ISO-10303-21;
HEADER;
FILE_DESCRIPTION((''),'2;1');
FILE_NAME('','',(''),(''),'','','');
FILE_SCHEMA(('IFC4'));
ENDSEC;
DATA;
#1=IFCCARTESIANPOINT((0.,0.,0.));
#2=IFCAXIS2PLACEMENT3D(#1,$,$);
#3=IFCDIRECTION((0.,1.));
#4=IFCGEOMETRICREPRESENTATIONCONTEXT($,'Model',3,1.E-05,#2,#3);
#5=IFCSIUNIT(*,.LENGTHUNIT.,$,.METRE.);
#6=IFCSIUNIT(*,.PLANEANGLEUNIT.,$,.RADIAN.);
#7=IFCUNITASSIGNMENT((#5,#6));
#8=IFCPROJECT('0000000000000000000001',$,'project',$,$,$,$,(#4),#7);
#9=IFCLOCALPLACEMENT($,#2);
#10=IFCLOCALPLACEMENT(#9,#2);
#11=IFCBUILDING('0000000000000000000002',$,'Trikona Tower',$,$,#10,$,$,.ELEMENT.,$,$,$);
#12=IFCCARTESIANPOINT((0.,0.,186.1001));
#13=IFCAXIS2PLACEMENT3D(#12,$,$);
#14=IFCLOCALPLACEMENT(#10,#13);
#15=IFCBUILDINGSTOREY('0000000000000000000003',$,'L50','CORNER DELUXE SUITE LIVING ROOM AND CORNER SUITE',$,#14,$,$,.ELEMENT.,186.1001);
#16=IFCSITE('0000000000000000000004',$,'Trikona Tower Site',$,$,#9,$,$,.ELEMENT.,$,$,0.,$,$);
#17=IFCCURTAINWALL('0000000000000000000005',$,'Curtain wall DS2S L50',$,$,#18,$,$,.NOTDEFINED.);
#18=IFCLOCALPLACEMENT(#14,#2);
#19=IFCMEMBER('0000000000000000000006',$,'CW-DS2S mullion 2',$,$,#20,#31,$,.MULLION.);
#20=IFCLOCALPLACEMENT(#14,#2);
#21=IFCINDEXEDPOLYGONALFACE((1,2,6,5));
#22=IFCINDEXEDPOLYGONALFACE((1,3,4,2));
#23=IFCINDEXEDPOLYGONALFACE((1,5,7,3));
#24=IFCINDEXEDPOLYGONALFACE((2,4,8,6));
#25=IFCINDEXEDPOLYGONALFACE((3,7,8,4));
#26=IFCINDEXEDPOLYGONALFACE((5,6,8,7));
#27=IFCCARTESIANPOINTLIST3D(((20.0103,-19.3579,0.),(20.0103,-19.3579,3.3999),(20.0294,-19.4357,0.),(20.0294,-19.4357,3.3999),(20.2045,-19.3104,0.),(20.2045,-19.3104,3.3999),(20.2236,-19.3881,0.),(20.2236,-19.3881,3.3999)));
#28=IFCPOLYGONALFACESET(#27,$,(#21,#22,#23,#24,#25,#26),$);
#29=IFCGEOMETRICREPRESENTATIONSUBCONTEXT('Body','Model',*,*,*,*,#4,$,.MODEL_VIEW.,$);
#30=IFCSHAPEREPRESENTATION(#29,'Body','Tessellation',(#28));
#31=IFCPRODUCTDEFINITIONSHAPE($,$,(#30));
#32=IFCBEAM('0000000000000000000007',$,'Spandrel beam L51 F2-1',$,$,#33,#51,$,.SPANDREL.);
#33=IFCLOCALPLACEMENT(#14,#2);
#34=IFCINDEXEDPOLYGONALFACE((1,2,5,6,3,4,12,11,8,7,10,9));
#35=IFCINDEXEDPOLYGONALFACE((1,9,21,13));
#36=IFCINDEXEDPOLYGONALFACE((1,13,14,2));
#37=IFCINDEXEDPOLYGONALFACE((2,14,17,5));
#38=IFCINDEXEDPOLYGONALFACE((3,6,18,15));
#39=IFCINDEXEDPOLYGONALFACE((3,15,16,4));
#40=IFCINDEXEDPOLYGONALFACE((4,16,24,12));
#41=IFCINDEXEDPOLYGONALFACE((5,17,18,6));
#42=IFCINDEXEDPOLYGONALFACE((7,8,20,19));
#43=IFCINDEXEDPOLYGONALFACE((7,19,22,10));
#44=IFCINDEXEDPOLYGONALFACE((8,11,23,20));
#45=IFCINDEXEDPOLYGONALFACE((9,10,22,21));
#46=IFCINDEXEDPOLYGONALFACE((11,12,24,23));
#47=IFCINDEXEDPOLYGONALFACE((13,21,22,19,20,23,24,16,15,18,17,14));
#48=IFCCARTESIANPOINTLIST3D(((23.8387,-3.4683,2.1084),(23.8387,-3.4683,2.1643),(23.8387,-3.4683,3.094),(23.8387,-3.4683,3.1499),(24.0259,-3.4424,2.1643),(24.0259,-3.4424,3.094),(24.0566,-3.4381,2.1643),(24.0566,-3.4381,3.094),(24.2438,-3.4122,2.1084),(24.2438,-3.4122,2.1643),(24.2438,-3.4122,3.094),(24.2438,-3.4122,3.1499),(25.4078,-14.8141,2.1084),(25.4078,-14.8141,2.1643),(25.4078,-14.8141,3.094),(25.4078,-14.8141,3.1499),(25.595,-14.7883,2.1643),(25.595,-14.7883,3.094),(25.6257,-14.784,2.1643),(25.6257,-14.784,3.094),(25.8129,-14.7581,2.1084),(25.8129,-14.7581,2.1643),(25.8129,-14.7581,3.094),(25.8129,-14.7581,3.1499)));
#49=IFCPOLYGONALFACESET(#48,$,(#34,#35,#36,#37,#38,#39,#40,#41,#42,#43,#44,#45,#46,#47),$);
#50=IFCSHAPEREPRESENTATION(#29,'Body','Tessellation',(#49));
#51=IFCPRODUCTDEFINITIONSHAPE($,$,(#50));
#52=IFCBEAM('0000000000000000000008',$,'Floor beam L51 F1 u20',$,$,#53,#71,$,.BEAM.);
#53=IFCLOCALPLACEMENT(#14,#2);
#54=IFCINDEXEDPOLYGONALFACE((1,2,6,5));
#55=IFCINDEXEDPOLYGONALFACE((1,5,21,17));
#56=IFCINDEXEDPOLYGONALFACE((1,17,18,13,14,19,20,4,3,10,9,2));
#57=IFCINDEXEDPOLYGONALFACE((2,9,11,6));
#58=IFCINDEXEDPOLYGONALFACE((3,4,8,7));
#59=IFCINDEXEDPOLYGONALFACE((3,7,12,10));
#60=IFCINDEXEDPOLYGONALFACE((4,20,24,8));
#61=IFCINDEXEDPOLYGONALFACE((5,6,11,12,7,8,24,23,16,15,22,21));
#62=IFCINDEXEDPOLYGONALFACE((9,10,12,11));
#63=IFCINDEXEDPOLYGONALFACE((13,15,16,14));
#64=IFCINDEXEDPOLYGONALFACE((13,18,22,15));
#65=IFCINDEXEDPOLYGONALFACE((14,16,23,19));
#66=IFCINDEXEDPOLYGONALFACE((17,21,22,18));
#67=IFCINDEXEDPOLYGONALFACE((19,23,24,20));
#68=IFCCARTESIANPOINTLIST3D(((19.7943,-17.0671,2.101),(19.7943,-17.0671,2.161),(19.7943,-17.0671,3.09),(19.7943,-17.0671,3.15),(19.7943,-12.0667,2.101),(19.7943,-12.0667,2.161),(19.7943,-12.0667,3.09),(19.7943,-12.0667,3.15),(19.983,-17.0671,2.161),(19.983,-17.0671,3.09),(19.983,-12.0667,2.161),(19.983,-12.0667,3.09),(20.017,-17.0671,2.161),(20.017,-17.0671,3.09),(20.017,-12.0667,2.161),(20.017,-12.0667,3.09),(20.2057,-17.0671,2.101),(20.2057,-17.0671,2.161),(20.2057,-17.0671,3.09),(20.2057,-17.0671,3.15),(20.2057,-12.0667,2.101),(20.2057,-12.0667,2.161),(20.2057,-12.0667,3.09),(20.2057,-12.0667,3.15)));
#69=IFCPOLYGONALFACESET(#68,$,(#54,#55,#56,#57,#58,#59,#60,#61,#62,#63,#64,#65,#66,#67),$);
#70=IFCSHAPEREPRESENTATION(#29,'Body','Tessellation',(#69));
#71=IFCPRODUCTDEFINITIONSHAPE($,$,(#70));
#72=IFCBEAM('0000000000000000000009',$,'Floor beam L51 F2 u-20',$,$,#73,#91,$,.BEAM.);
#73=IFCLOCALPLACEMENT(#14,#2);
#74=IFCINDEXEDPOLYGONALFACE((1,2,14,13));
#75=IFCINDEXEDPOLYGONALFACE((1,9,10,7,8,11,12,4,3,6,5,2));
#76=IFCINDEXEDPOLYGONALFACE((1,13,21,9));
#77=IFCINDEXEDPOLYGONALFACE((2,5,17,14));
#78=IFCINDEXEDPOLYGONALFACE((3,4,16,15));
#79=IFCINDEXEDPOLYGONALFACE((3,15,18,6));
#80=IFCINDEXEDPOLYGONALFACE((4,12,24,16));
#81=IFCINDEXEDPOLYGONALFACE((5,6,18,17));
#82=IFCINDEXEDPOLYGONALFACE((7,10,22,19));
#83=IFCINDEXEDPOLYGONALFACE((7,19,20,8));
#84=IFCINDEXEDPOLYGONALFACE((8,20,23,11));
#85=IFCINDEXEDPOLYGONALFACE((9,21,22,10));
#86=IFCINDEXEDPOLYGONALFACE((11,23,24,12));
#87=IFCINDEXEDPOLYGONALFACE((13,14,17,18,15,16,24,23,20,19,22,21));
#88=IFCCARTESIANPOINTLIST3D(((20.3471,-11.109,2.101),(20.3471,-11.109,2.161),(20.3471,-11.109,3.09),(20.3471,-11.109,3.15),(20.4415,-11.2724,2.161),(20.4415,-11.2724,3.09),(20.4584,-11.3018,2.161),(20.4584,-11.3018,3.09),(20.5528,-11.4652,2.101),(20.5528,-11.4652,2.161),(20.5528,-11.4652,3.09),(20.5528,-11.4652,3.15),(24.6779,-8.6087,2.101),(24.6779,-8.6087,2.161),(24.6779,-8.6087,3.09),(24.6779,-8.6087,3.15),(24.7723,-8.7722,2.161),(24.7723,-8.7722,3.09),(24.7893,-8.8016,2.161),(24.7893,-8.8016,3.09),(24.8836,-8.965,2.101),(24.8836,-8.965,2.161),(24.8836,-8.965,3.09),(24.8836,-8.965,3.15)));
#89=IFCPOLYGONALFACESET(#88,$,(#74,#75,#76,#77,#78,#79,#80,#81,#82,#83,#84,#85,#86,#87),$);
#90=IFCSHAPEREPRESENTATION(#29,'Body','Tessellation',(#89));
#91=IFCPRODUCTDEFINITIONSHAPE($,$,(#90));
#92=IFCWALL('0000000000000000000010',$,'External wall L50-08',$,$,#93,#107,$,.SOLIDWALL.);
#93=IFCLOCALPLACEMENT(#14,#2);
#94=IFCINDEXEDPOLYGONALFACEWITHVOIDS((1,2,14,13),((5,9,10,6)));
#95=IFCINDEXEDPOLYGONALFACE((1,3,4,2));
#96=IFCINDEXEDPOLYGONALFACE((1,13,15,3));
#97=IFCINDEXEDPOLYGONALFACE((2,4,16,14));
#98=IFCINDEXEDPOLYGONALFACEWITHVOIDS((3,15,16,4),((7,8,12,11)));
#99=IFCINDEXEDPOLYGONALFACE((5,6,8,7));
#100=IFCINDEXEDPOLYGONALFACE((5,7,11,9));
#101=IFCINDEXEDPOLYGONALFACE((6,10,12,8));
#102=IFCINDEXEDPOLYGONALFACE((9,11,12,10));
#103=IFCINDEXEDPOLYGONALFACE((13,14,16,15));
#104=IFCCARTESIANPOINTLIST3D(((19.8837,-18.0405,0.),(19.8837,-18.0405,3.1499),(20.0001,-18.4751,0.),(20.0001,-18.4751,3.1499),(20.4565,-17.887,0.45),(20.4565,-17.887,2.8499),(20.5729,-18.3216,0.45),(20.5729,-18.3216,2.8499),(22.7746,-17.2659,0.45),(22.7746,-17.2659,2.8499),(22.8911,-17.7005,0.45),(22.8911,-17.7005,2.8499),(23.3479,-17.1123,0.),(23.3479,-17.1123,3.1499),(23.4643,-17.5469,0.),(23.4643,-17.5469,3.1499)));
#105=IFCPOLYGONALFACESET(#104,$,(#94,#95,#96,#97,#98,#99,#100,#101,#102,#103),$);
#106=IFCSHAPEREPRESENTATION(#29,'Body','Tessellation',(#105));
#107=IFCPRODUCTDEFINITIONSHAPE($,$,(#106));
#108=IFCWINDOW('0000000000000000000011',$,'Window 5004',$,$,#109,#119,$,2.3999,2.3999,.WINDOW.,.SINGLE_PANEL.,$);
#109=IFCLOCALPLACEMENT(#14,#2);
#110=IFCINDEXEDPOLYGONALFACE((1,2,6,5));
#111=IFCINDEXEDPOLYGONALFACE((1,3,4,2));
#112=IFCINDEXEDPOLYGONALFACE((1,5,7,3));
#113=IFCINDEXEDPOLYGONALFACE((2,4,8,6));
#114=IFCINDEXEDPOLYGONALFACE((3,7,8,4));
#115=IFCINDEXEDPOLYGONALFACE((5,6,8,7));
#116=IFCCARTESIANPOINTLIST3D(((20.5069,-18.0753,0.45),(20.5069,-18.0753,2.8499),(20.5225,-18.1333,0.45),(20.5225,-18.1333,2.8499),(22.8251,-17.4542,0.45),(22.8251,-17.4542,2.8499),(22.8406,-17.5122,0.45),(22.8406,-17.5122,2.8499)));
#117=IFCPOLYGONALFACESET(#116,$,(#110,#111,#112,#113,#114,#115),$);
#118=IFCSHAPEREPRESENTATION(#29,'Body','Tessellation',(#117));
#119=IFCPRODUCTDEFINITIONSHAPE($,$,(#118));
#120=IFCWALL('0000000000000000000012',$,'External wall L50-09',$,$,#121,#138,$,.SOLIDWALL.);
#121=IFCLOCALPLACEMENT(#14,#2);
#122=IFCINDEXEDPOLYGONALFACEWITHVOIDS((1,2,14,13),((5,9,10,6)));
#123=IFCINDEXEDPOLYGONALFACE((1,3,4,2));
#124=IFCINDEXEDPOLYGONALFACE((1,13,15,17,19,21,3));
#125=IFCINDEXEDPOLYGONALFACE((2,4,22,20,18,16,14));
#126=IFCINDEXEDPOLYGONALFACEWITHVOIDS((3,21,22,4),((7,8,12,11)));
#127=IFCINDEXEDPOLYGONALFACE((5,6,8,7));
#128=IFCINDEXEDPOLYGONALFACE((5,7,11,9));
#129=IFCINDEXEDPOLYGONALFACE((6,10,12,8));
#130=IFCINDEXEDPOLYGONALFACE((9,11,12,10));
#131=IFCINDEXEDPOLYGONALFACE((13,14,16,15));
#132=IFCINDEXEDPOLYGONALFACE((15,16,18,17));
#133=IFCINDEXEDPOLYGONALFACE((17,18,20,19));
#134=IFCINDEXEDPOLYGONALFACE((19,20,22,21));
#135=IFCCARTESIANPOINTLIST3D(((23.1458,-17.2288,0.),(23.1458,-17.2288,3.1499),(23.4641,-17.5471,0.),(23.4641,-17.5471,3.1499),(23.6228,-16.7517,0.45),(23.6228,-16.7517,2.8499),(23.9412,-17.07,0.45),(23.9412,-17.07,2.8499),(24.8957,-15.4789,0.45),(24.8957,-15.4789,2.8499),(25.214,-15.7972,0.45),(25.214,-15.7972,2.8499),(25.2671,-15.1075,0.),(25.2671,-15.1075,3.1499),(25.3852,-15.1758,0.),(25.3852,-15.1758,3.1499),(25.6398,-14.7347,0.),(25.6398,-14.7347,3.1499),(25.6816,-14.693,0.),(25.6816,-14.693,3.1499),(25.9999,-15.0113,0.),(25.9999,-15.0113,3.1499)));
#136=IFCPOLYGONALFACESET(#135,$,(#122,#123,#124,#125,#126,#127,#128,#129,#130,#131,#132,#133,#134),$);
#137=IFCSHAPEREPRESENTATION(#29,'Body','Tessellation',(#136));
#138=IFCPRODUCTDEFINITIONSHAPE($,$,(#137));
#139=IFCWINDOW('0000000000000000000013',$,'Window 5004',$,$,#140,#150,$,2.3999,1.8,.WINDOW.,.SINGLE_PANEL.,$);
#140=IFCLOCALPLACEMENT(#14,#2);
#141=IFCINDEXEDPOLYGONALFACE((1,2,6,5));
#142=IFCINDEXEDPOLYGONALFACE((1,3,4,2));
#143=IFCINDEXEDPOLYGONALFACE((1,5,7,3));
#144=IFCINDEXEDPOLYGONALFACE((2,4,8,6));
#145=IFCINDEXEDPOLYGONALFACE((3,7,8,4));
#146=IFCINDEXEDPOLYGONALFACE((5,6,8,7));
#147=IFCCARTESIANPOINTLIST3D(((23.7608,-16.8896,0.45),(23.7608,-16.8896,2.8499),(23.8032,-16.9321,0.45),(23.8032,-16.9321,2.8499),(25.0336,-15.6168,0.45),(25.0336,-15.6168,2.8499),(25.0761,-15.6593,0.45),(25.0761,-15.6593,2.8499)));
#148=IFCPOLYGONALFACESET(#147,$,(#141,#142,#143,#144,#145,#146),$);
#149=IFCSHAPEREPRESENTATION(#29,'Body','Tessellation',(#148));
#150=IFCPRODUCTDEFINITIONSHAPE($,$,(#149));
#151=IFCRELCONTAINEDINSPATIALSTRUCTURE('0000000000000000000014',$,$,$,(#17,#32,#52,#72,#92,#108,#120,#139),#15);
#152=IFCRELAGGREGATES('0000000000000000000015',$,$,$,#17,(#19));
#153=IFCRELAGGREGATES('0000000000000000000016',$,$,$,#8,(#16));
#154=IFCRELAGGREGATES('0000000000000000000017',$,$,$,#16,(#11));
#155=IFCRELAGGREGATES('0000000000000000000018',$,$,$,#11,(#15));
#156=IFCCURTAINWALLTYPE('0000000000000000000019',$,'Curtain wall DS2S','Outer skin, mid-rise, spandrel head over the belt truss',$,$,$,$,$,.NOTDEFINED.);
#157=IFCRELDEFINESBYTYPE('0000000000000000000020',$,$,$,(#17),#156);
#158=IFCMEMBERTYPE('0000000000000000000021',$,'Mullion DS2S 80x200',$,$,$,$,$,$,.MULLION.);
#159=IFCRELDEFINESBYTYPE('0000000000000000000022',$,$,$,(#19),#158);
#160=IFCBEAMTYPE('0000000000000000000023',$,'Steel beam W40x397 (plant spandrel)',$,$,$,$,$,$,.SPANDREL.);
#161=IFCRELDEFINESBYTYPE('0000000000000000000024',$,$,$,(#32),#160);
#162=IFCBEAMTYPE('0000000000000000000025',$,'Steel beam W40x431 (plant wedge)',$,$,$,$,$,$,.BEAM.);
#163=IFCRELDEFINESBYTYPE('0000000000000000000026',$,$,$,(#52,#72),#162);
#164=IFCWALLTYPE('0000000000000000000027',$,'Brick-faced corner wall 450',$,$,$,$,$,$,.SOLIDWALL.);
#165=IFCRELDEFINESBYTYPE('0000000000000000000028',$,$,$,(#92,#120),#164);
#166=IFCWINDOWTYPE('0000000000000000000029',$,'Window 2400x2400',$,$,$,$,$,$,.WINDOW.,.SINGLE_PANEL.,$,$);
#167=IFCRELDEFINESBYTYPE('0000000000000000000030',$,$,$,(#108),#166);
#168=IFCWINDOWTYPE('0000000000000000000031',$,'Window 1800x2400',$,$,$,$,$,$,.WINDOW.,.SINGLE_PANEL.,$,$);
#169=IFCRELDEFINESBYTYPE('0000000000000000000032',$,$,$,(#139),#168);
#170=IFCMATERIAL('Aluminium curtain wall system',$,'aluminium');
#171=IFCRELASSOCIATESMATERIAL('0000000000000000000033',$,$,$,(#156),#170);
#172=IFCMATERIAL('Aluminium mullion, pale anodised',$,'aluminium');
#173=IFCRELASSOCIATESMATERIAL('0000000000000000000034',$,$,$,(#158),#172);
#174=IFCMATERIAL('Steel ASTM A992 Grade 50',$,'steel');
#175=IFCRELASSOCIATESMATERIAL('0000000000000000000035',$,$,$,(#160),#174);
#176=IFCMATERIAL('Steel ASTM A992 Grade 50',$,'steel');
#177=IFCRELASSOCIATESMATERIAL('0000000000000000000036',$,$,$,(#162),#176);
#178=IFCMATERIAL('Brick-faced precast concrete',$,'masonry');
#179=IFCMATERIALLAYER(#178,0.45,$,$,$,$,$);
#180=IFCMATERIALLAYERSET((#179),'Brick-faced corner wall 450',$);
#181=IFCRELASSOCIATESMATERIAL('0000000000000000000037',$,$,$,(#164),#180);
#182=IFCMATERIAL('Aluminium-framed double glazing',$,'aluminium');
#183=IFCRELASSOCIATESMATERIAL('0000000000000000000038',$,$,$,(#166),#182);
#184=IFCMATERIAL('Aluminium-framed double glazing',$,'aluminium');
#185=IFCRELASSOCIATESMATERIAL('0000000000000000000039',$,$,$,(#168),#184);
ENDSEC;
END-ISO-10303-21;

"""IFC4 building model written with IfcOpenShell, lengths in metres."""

from ifc_helpers import new_model, si_unit, direction, frame, frame_2d, origin, origin_2d, place, context, subcontext, project, spatial, polyline, rectangle, i_section, outline, extrude, material, layer, layer_set, material_profile, profile_set, type_object, element, fill, aggregate, save


model = new_model("IFC4")

# Units and contexts
model_context = context("Model", 3, precision=1e-05, world=origin(), true_north=direction((0.0, 1.0)))
body_context = subcontext(model_context, "Body", "Model", "MODEL_VIEW")
ifc_project = project(units=[si_unit("LENGTHUNIT", "METRE"), si_unit("PLANEANGLEUNIT", "RADIAN")], contexts=[model_context])

# Site, building, storey
site_placement = place(None, origin())
site = spatial("IfcSite", under=ifc_project, at=site_placement, Name="Trikona Tower Site", CompositionType="ELEMENT", RefElevation=0.0)
building_placement = place(site_placement, origin())
building = spatial("IfcBuilding", under=site, at=building_placement, Name="Trikona Tower", CompositionType="ELEMENT")
storey_placement = place(building_placement, frame((0.0, 0.0, 186.1001)))
storey = spatial("IfcBuildingStorey", under=building, at=storey_placement, Name="L50", Description="CORNER DELUXE SUITE LIVING ROOM AND CORNER SUITE", CompositionType="ELEMENT", Elevation=186.1001)

# Curtain wall, member
ifc_material_1 = material(Name="Aluminium curtain wall system", Category="aluminium")
curtain_wall_type = type_object("IfcCurtainWallType", Name="Curtain wall DS2S", Description="Outer skin, mid-rise, spandrel head over the belt truss", PredefinedType="NOTDEFINED", material=ifc_material_1)
curtain_wall_placement = place(storey_placement, origin())
curtain_wall = element("IfcCurtainWall", 1, at=curtain_wall_placement, inside=storey, type_object=curtain_wall_type, Name="Curtain wall DS2S L50", PredefinedType="NOTDEFINED")
ifc_material_2 = material(Name="Aluminium mullion, pale anodised", Category="aluminium")
ifc_material_profile_1 = material_profile(ifc_material_2, rectangle(XDim=0.0801, YDim=0.2, at=origin_2d()), Name="MUL-DS2S")
ifc_profile_set_1 = profile_set([ifc_material_profile_1], Name="Aluminium mullion, pale anodised")
member_type = type_object("IfcMemberType", Name="Mullion DS2S 80x200", PredefinedType="MULLION", material=ifc_profile_set_1)
member_placement = place(storey_placement, frame((20.1169, -19.373, 0.0), z_axis=(0.0, 0.0, 1.0), x_axis=(-0.23797, 0.971272, 0.0)))
member = element("IfcMember", 2, at=member_placement, type_object=member_type, Name="CW-DS2S mullion 2", PredefinedType="MULLION", context=body_context, shape_type="SweptSolid", body=[
    extrude(rectangle(XDim=0.0801, YDim=0.2, at=origin_2d()), origin(), (0.0, 0.0, 1.0), 3.3999),
])
aggregate(curtain_wall, [member])

# Beams
ifc_material_3 = material(Name="Steel ASTM A992 Grade 50", Category="steel")
ifc_material_profile_2 = material_profile(ifc_material_3, i_section(OverallWidth=0.4089, OverallDepth=1.0415, WebThickness=0.031, FlangeThickness=0.0559, at=origin_2d()), Name="W40X397")
ifc_profile_set_2 = profile_set([ifc_material_profile_2], Name="Steel ASTM A992 Grade 50")
beam_type_1 = type_object("IfcBeamType", Name="Steel beam W40x397 (plant spandrel)", PredefinedType="SPANDREL", material=ifc_profile_set_2)
beam_1_placement = place(storey_placement, frame((25.6104, -14.7861, 2.6292), z_axis=(-0.136992, 0.990572, 0.0), x_axis=(-0.990572, -0.136992, 0.0)))
element("IfcBeam", 3, at=beam_1_placement, inside=storey, type_object=beam_type_1, Name="Spandrel beam L51 F2-1", PredefinedType="SPANDREL", context=body_context, shape_type="SweptSolid", body=[
    extrude(i_section(OverallWidth=0.4089, OverallDepth=1.0415, WebThickness=0.031, FlangeThickness=0.0559, at=origin_2d()), origin(), (0.0, 0.0, 1.0), 11.4539),
])
ifc_material_4 = material(Name="Steel ASTM A992 Grade 50", Category="steel")
ifc_material_profile_3 = material_profile(ifc_material_4, i_section(OverallWidth=0.4114, OverallDepth=1.0491, WebThickness=0.0339, FlangeThickness=0.0601, at=origin_2d()), Name="W40X431")
ifc_profile_set_3 = profile_set([ifc_material_profile_3], Name="Steel ASTM A992 Grade 50")
beam_type_2 = type_object("IfcBeamType", Name="Steel beam W40x431 (plant wedge)", PredefinedType="BEAM", material=ifc_profile_set_3)
beam_2_placement = place(storey_placement, frame((20.0, -12.0667, 2.6255), z_axis=(0.0, -1.0, 0.0), x_axis=(1.0, 0.0, 0.0)))
element("IfcBeam", 4, at=beam_2_placement, inside=storey, type_object=beam_type_2, Name="Floor beam L51 F1 u20", PredefinedType="BEAM", context=body_context, shape_type="SweptSolid", body=[
    extrude(i_section(OverallWidth=0.4114, OverallDepth=1.0491, WebThickness=0.0339, FlangeThickness=0.0601, at=origin_2d()), origin(), (0.0, 0.0, 1.0), 5.0005),
])
beam_3_placement = place(storey_placement, frame((20.45, -11.2871, 2.6255), z_axis=(0.866038, 0.499977, 0.0), x_axis=(-0.499977, 0.866038, 0.0)))
element("IfcBeam", 5, at=beam_3_placement, inside=storey, type_object=beam_type_2, Name="Floor beam L51 F2 u-20", PredefinedType="BEAM", context=body_context, shape_type="SweptSolid", body=[
    extrude(i_section(OverallWidth=0.4114, OverallDepth=1.0491, WebThickness=0.0339, FlangeThickness=0.0601, at=origin_2d()), origin(), (0.0, 0.0, 1.0), 5.0007),
])

# Walls, openings, windows
ifc_material_5 = material(Name="Brick-faced precast concrete", Category="masonry")
ifc_layer_1 = layer(ifc_material_5, 0.45)
ifc_layer_set_1 = layer_set([ifc_layer_1], Name="Brick-faced corner wall 450")
wall_type_1 = type_object("IfcWallType", Name="Brick-faced corner wall 450", PredefinedType="SOLIDWALL", material=ifc_layer_set_1)
wall_1_placement = place(storey_placement, frame((19.9419, -18.2578, 0.0), z_axis=(0.0, 0.0, 1.0), x_axis=(0.965925, 0.258823, 0.0)))
wall_1 = element("IfcWall", 6, at=wall_1_placement, inside=storey, type_object=wall_type_1, Name="External wall L50-08", PredefinedType="SOLIDWALL", context=body_context, shape_type="SweptSolid", body=[
    extrude(rectangle(XDim=3.5864, YDim=0.45, at=frame_2d((1.7932, 0.0))), origin(), (0.0, 0.0, 1.0), 3.1499),
])
opening_1_placement = place(wall_1_placement, frame((0.593, 0.0, 0.45)))
opening_1 = element("IfcOpeningElement", 7, at=opening_1_placement, cuts=wall_1, PredefinedType="OPENING", context=body_context, shape_type="SweptSolid", body=[
    extrude(rectangle(XDim=2.3999, YDim=2.3999, at=frame_2d((1.2, 1.2))), frame((0.0, 0.2349, 0.0), z_axis=(0.0, -1.0, 0.0), x_axis=(1.0, 0.0, 0.0)), (0.0, 0.0, 1.0), 0.47),
])
ifc_material_6 = material(Name="Aluminium-framed double glazing", Category="aluminium")
window_type_1 = type_object("IfcWindowType", Name="Window 2400x2400", PartitioningType="SINGLE_PANEL", PredefinedType="WINDOW", material=ifc_material_6)
window_1_placement = place(opening_1_placement, origin())
window_1 = element("IfcWindow", 8, at=window_1_placement, inside=storey, type_object=window_type_1, Name="Window 5004", OverallHeight=2.3999, OverallWidth=2.3999, PartitioningType="SINGLE_PANEL", PredefinedType="WINDOW", context=body_context, shape_type="SweptSolid", body=[
    extrude(rectangle(XDim=2.3999, YDim=2.3999, at=frame_2d((1.2, 1.2))), frame((0.0, 0.03, 0.0), z_axis=(0.0, -1.0, 0.0), x_axis=(1.0, 0.0, 0.0)), (0.0, 0.0, 1.0), 0.0601),
])
fill(opening_1, window_1)
wall_2_placement = place(storey_placement, frame((23.3049, -17.3879, 0.0), z_axis=(0.0, 0.0, 1.0), x_axis=(0.707107, 0.707107, 0.0)))
wall_2 = element("IfcWall", 9, at=wall_2_placement, inside=storey, type_object=wall_type_1, Name="External wall L50-09", PredefinedType="SOLIDWALL", context=body_context, shape_type="SweptSolid", body=[
    extrude(outline(polyline([(3.5862, 0.2251), (3.5271, 0.2251), (3.0352, 0.0933), (3.0, 0.2251), (0.0, 0.2251), (0.0, -0.2251), (3.5862, -0.2251), (3.5862, 0.2251)])), origin(), (0.0, 0.0, 1.0), 3.1499),
])
opening_2_placement = place(wall_2_placement, frame((0.6748, 0.0, 0.45)))
opening_2 = element("IfcOpeningElement", 10, at=opening_2_placement, cuts=wall_2, PredefinedType="OPENING", context=body_context, shape_type="SweptSolid", body=[
    extrude(rectangle(XDim=1.8, YDim=2.3999, at=frame_2d((0.8999, 1.2))), frame((0.0, 0.2349, 0.0), z_axis=(0.0, -1.0, 0.0), x_axis=(1.0, 0.0, 0.0)), (0.0, 0.0, 1.0), 0.47),
])
ifc_material_7 = material(Name="Aluminium-framed double glazing", Category="aluminium")
window_type_2 = type_object("IfcWindowType", Name="Window 1800x2400", PartitioningType="SINGLE_PANEL", PredefinedType="WINDOW", material=ifc_material_7)
window_2_placement = place(opening_2_placement, origin())
window_2 = element("IfcWindow", 11, at=window_2_placement, inside=storey, type_object=window_type_2, Name="Window 5004", OverallHeight=2.3999, OverallWidth=1.8, PartitioningType="SINGLE_PANEL", PredefinedType="WINDOW", context=body_context, shape_type="SweptSolid", body=[
    extrude(rectangle(XDim=1.8, YDim=2.3999, at=frame_2d((0.8999, 1.2))), frame((0.0, 0.03, 0.0), z_axis=(0.0, -1.0, 0.0), x_axis=(1.0, 0.0, 0.0)), (0.0, 0.0, 1.0), 0.0601),
])
fill(opening_2, window_2)

save(model, "model.ifc")
